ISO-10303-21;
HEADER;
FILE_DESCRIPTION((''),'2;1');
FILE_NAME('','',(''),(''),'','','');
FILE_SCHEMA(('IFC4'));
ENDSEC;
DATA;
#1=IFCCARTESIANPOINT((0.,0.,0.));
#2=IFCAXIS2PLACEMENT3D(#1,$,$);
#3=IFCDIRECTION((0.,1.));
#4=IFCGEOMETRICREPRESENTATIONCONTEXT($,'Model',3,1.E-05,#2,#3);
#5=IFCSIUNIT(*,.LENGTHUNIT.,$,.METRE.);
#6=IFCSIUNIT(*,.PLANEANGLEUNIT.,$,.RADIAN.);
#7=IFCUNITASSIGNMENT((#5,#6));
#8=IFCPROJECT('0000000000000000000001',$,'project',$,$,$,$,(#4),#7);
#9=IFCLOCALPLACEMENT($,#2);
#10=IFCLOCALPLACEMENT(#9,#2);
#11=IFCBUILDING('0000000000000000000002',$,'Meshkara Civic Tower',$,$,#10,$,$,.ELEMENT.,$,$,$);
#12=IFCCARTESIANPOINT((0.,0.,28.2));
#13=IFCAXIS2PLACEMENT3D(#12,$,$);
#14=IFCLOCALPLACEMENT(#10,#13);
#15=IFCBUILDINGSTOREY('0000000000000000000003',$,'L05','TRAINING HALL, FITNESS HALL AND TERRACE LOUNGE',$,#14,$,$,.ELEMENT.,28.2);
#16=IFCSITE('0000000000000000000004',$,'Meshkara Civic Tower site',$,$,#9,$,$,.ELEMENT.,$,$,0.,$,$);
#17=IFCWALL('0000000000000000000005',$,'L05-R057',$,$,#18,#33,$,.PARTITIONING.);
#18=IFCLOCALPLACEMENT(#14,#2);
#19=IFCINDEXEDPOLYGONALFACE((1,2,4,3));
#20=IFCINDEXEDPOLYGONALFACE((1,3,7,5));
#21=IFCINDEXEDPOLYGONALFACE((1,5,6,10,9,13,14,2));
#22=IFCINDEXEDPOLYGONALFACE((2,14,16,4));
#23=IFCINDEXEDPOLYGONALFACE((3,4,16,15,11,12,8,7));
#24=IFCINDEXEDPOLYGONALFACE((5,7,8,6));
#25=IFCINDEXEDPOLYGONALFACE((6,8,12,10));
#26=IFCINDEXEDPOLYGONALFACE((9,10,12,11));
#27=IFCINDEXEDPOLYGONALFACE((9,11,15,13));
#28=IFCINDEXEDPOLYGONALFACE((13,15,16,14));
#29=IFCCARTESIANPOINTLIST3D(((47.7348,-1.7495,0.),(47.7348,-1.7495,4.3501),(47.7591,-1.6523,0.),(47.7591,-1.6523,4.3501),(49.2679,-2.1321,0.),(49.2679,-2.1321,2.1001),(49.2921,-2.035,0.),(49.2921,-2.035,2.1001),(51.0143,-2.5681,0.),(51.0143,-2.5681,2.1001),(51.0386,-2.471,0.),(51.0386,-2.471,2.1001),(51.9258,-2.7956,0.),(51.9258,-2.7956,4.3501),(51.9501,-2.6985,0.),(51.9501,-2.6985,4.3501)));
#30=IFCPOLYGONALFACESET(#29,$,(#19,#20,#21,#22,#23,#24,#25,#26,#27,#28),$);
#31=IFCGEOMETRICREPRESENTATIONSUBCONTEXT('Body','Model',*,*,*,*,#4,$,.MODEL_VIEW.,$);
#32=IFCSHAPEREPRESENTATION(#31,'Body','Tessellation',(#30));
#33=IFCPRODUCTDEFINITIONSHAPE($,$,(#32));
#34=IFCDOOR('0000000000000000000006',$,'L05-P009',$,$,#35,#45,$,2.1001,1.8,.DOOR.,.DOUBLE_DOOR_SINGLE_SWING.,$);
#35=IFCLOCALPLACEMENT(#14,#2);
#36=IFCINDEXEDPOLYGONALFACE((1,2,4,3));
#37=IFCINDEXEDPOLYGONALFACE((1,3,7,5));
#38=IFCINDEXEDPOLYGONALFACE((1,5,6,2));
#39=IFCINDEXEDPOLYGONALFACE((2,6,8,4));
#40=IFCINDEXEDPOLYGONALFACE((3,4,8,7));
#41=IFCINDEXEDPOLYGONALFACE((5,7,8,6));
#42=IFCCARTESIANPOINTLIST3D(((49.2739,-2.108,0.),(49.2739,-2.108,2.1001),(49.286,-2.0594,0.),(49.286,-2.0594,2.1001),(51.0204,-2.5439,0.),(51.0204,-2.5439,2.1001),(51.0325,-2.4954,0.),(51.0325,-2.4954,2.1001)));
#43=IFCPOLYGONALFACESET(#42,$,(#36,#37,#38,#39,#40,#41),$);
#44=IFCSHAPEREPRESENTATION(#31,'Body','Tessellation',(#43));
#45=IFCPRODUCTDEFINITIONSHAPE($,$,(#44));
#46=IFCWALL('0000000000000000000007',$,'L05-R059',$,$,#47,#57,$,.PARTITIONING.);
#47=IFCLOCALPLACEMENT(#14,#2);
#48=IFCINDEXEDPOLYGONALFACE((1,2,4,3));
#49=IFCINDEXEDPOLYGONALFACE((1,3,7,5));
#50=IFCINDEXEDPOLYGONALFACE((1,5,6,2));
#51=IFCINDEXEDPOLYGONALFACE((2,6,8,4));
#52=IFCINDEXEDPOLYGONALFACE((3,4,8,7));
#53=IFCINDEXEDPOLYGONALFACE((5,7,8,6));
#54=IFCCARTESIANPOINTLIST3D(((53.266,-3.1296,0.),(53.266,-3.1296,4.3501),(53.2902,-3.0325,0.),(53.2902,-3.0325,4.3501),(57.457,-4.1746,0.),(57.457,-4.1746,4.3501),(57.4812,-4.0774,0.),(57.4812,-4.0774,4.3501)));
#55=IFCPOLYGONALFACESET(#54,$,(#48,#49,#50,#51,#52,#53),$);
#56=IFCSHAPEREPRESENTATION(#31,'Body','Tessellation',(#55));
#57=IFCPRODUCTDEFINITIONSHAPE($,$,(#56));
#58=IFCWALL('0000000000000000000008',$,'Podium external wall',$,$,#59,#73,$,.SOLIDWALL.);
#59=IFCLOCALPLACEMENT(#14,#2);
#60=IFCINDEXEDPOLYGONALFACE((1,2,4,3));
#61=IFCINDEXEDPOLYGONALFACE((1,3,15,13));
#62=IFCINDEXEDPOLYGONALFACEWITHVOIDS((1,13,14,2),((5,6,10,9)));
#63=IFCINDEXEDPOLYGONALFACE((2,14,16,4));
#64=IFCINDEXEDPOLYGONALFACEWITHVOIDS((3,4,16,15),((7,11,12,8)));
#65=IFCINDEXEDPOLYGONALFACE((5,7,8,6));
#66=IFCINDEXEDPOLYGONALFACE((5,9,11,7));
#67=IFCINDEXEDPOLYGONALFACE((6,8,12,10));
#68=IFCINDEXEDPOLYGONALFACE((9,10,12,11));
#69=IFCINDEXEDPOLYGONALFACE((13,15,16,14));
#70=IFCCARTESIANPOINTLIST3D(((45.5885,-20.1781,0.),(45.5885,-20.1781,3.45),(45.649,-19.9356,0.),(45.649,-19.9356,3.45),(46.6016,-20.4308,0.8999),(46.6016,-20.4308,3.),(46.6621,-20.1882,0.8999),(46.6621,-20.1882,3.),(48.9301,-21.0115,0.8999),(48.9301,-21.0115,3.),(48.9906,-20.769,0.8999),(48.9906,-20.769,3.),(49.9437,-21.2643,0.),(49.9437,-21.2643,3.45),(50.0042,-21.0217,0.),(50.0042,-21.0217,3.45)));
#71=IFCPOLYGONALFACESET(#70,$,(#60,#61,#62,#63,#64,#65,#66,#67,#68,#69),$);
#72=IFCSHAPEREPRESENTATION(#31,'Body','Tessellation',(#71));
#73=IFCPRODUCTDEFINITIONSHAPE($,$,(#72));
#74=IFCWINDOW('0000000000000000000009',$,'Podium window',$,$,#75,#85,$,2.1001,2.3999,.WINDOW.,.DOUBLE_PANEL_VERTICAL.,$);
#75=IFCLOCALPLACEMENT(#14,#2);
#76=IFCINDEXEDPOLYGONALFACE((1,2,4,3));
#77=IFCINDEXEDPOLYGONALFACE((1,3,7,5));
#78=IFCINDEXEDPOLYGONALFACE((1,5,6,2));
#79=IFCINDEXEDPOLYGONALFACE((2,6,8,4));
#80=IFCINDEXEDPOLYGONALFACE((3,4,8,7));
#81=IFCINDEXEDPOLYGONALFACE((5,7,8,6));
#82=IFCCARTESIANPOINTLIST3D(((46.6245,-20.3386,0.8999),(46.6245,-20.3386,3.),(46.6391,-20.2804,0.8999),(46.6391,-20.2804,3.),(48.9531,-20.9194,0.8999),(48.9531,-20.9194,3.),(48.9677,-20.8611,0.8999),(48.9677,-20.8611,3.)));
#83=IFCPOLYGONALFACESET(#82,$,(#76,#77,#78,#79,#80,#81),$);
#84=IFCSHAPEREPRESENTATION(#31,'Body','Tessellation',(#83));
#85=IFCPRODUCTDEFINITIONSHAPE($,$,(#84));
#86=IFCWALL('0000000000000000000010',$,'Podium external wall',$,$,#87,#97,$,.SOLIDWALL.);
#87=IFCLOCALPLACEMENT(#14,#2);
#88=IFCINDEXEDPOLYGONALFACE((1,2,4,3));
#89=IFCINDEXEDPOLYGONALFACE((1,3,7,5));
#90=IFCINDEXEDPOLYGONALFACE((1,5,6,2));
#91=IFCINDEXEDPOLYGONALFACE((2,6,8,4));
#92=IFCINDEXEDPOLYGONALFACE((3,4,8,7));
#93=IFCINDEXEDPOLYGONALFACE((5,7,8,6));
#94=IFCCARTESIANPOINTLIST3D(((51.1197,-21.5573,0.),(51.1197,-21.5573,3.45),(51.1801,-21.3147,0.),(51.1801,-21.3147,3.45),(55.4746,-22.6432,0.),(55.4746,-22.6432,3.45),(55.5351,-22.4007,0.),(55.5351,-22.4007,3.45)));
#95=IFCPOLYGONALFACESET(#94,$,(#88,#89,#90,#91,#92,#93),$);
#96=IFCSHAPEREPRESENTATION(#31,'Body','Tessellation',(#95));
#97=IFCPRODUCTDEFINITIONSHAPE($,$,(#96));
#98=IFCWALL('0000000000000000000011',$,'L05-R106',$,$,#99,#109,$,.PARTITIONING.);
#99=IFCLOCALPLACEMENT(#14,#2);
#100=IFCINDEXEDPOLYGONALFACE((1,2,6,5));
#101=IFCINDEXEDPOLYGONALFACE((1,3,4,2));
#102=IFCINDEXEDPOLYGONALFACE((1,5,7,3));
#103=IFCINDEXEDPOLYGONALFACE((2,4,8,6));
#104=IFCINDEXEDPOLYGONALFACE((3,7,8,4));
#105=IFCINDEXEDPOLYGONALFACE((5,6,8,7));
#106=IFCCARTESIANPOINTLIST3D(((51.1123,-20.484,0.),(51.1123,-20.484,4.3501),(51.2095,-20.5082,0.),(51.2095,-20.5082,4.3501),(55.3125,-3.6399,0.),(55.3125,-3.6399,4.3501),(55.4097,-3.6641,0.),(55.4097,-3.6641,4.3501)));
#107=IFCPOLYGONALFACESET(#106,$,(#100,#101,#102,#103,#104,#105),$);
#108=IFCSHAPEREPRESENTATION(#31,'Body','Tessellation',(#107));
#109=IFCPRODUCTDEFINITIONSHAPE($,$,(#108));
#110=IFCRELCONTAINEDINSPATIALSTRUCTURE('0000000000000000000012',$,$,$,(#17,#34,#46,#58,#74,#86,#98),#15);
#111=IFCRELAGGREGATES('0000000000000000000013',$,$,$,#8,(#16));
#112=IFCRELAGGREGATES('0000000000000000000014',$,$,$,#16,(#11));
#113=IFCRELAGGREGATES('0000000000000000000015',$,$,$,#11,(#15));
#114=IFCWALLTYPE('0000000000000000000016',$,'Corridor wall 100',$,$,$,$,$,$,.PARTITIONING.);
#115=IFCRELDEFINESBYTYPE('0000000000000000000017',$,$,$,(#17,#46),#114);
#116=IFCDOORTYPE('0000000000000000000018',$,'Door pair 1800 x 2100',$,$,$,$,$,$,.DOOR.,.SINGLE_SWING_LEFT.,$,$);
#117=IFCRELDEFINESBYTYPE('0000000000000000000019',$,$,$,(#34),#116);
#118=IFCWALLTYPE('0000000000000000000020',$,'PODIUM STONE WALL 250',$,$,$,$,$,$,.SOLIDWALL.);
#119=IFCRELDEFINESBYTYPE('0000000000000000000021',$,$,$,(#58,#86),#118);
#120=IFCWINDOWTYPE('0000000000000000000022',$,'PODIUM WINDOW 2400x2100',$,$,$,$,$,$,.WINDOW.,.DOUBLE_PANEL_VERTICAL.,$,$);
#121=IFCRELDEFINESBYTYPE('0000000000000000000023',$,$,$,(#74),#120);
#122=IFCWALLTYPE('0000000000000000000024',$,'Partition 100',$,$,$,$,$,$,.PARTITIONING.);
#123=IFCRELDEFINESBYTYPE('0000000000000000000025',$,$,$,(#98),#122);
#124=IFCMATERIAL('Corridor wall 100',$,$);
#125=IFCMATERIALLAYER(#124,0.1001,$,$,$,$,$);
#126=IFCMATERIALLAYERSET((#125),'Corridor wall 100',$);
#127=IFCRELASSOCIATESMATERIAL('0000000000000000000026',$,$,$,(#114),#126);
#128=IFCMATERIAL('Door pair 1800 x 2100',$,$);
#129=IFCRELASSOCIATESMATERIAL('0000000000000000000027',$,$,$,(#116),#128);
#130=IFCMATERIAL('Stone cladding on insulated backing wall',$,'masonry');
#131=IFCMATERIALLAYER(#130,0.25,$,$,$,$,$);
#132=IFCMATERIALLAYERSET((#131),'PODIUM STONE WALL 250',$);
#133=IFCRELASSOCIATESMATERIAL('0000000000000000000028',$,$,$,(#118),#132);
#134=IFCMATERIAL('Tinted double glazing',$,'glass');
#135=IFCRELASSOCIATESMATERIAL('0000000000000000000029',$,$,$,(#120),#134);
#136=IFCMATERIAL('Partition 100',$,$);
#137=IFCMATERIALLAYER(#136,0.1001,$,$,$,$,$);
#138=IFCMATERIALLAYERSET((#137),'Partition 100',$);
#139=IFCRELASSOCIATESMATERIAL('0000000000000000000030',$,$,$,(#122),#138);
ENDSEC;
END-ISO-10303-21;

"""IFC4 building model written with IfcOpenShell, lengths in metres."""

from ifc_helpers import new_model, si_unit, direction, frame, frame_2d, origin, place, context, subcontext, project, spatial, rectangle, extrude, material, layer, layer_set, type_object, element, fill, save


model = new_model("IFC4")

# Units and contexts
model_context = context("Model", 3, precision=1e-05, world=origin(), true_north=direction((0.0, 1.0)))
body_context = subcontext(model_context, "Body", "Model", "MODEL_VIEW")
ifc_project = project(units=[si_unit("LENGTHUNIT", "METRE"), si_unit("PLANEANGLEUNIT", "RADIAN")], contexts=[model_context])

# Site, building, storey
site_placement = place(None, origin())
site = spatial("IfcSite", under=ifc_project, at=site_placement, Name="Meshkara Civic Tower site", CompositionType="ELEMENT", RefElevation=0.0)
building_placement = place(site_placement, origin())
building = spatial("IfcBuilding", under=site, at=building_placement, Name="Meshkara Civic Tower", CompositionType="ELEMENT")
storey_placement = place(building_placement, frame((0.0, 0.0, 28.2)))
storey = spatial("IfcBuildingStorey", under=building, at=storey_placement, Name="L05", Description="TRAINING HALL, FITNESS HALL AND TERRACE LOUNGE", CompositionType="ELEMENT", Elevation=28.2)

# Wall, opening, door
ifc_material_1 = material(Name="Corridor wall 100")
ifc_layer_1 = layer(ifc_material_1, 0.1001)
ifc_layer_set_1 = layer_set([ifc_layer_1], Name="Corridor wall 100")
wall_type_1 = type_object("IfcWallType", Name="Corridor wall 100", PredefinedType="PARTITIONING", material=ifc_layer_set_1)
wall_1_placement = place(storey_placement, frame((47.7471, -1.7009, 0.0), z_axis=(0.0, 0.0, 1.0), x_axis=(0.970229, -0.24219, 0.0)))
wall_1 = element("IfcWall", 1, at=wall_1_placement, inside=storey, type_object=wall_type_1, Name="L05-R057", PredefinedType="PARTITIONING", context=body_context, shape_type="SweptSolid", body=[
    extrude(rectangle(XDim=4.3196, YDim=0.1001, at=frame_2d((2.1597, 0.0))), origin(), (0.0, 0.0, 1.0), 4.3501),
])
opening_1_placement = place(wall_1_placement, frame((1.5801, 0.0, 0.0)))
opening_1 = element("IfcOpeningElement", 2, at=opening_1_placement, cuts=wall_1, PredefinedType="OPENING", context=body_context, shape_type="SweptSolid", body=[
    extrude(rectangle(XDim=1.8, YDim=2.1001, at=frame_2d((0.8999, 1.05))), frame((0.0, 0.0601, 0.0), z_axis=(0.0, -1.0, 0.0), x_axis=(1.0, 0.0, 0.0)), (0.0, 0.0, 1.0), 0.1201),
])
ifc_material_2 = material(Name="Door pair 1800 x 2100")
door_type_1 = type_object("IfcDoorType", Name="Door pair 1800 x 2100", OperationType="SINGLE_SWING_LEFT", PredefinedType="DOOR", material=ifc_material_2)
door_1_placement = place(opening_1_placement, origin())
door_1 = element("IfcDoor", 3, at=door_1_placement, inside=storey, type_object=door_type_1, Name="L05-P009", OperationType="DOUBLE_DOOR_SINGLE_SWING", OverallHeight=2.1001, OverallWidth=1.8, PredefinedType="DOOR", context=body_context, shape_type="SweptSolid", body=[
    extrude(rectangle(XDim=1.8, YDim=2.1001, at=frame_2d((0.8999, 1.05))), frame((0.0, 0.0249, 0.0), z_axis=(0.0, -1.0, 0.0), x_axis=(1.0, 0.0, 0.0)), (0.0, 0.0, 1.0), 0.05),
])
fill(opening_1, door_1)

# Wall
wall_2_placement = place(storey_placement, frame((53.2781, -3.0811, 0.0), z_axis=(0.0, 0.0, 1.0), x_axis=(0.970295, -0.241924, 0.0)))
element("IfcWall", 4, at=wall_2_placement, inside=storey, type_object=wall_type_1, Name="L05-R059", PredefinedType="PARTITIONING", context=body_context, shape_type="SweptSolid", body=[
    extrude(rectangle(XDim=4.3193, YDim=0.1001, at=frame_2d((2.1597, 0.0))), origin(), (0.0, 0.0, 1.0), 4.3501),
])

# Wall, opening, window
ifc_material_3 = material(Name="Stone cladding on insulated backing wall", Category="masonry")
ifc_layer_2 = layer(ifc_material_3, 0.25)
ifc_layer_set_2 = layer_set([ifc_layer_2], Name="PODIUM STONE WALL 250")
wall_type_2 = type_object("IfcWallType", Name="PODIUM STONE WALL 250", PredefinedType="SOLIDWALL", material=ifc_layer_set_2)
wall_3_placement = place(storey_placement, frame((45.6189, -20.0569, 0.0), z_axis=(0.0, 0.0, 1.0), x_axis=(0.97028, -0.241985, 0.0)))
wall_3 = element("IfcWall", 5, at=wall_3_placement, inside=storey, type_object=wall_type_2, Name="Podium external wall", PredefinedType="SOLIDWALL", context=body_context, shape_type="SweptSolid", body=[
    extrude(rectangle(XDim=4.4885, YDim=0.25, at=frame_2d((2.2441, 0.0))), origin(), (0.0, 0.0, 1.0), 3.45),
])
opening_2_placement = place(wall_3_placement, frame((1.0439, 0.0, 0.8999)))
opening_2 = element("IfcOpeningElement", 6, at=opening_2_placement, cuts=wall_3, PredefinedType="OPENING", context=body_context, shape_type="SweptSolid", body=[
    extrude(rectangle(XDim=2.3999, YDim=2.1001, at=frame_2d((1.2, 1.05))), frame((0.0, 0.135, 0.0), z_axis=(0.0, -1.0, 0.0), x_axis=(1.0, 0.0, 0.0)), (0.0, 0.0, 1.0), 0.27),
])
ifc_material_4 = material(Name="Tinted double glazing", Category="glass")
window_type = type_object("IfcWindowType", Name="PODIUM WINDOW 2400x2100", PartitioningType="DOUBLE_PANEL_VERTICAL", PredefinedType="WINDOW", material=ifc_material_4)
window_placement = place(opening_2_placement, origin())
window = element("IfcWindow", 7, at=window_placement, inside=storey, type_object=window_type, Name="Podium window", OverallHeight=2.1001, OverallWidth=2.3999, PartitioningType="DOUBLE_PANEL_VERTICAL", PredefinedType="WINDOW", context=body_context, shape_type="SweptSolid", body=[
    extrude(rectangle(XDim=2.3999, YDim=2.1001, at=frame_2d((1.2, 1.05))), frame((0.0, 0.03, 0.0), z_axis=(0.0, -1.0, 0.0), x_axis=(1.0, 0.0, 0.0)), (0.0, 0.0, 1.0), 0.0601),
])
fill(opening_2, window)

# Walls
wall_4_placement = place(storey_placement, frame((51.1499, -21.436, 0.0), z_axis=(0.0, 0.0, 1.0), x_axis=(0.97029, -0.241947, 0.0)))
element("IfcWall", 8, at=wall_4_placement, inside=storey, type_object=wall_type_2, Name="Podium external wall", PredefinedType="SOLIDWALL", context=body_context, shape_type="SweptSolid", body=[
    extrude(rectangle(XDim=4.4883, YDim=0.25, at=frame_2d((2.2441, 0.0))), origin(), (0.0, 0.0, 1.0), 3.45),
])
ifc_material_5 = material(Name="Partition 100")
ifc_layer_3 = layer(ifc_material_5, 0.1001)
ifc_layer_set_3 = layer_set([ifc_layer_3], Name="Partition 100")
wall_type_3 = type_object("IfcWallType", Name="Partition 100", PredefinedType="PARTITIONING", material=ifc_layer_set_3)
wall_5_placement = place(storey_placement, frame((51.1609, -20.4961, 0.0), z_axis=(0.0, 0.0, 1.0), x_axis=(0.24195, 0.970289, 0.0)))
element("IfcWall", 9, at=wall_5_placement, inside=storey, type_object=wall_type_3, Name="L05-R106", PredefinedType="PARTITIONING", context=body_context, shape_type="SweptSolid", body=[
    extrude(rectangle(XDim=17.3599, YDim=0.1001, at=frame_2d((8.6799, 0.0))), origin(), (0.0, 0.0, 1.0), 4.3501),
])

save(model, "model.ifc")
